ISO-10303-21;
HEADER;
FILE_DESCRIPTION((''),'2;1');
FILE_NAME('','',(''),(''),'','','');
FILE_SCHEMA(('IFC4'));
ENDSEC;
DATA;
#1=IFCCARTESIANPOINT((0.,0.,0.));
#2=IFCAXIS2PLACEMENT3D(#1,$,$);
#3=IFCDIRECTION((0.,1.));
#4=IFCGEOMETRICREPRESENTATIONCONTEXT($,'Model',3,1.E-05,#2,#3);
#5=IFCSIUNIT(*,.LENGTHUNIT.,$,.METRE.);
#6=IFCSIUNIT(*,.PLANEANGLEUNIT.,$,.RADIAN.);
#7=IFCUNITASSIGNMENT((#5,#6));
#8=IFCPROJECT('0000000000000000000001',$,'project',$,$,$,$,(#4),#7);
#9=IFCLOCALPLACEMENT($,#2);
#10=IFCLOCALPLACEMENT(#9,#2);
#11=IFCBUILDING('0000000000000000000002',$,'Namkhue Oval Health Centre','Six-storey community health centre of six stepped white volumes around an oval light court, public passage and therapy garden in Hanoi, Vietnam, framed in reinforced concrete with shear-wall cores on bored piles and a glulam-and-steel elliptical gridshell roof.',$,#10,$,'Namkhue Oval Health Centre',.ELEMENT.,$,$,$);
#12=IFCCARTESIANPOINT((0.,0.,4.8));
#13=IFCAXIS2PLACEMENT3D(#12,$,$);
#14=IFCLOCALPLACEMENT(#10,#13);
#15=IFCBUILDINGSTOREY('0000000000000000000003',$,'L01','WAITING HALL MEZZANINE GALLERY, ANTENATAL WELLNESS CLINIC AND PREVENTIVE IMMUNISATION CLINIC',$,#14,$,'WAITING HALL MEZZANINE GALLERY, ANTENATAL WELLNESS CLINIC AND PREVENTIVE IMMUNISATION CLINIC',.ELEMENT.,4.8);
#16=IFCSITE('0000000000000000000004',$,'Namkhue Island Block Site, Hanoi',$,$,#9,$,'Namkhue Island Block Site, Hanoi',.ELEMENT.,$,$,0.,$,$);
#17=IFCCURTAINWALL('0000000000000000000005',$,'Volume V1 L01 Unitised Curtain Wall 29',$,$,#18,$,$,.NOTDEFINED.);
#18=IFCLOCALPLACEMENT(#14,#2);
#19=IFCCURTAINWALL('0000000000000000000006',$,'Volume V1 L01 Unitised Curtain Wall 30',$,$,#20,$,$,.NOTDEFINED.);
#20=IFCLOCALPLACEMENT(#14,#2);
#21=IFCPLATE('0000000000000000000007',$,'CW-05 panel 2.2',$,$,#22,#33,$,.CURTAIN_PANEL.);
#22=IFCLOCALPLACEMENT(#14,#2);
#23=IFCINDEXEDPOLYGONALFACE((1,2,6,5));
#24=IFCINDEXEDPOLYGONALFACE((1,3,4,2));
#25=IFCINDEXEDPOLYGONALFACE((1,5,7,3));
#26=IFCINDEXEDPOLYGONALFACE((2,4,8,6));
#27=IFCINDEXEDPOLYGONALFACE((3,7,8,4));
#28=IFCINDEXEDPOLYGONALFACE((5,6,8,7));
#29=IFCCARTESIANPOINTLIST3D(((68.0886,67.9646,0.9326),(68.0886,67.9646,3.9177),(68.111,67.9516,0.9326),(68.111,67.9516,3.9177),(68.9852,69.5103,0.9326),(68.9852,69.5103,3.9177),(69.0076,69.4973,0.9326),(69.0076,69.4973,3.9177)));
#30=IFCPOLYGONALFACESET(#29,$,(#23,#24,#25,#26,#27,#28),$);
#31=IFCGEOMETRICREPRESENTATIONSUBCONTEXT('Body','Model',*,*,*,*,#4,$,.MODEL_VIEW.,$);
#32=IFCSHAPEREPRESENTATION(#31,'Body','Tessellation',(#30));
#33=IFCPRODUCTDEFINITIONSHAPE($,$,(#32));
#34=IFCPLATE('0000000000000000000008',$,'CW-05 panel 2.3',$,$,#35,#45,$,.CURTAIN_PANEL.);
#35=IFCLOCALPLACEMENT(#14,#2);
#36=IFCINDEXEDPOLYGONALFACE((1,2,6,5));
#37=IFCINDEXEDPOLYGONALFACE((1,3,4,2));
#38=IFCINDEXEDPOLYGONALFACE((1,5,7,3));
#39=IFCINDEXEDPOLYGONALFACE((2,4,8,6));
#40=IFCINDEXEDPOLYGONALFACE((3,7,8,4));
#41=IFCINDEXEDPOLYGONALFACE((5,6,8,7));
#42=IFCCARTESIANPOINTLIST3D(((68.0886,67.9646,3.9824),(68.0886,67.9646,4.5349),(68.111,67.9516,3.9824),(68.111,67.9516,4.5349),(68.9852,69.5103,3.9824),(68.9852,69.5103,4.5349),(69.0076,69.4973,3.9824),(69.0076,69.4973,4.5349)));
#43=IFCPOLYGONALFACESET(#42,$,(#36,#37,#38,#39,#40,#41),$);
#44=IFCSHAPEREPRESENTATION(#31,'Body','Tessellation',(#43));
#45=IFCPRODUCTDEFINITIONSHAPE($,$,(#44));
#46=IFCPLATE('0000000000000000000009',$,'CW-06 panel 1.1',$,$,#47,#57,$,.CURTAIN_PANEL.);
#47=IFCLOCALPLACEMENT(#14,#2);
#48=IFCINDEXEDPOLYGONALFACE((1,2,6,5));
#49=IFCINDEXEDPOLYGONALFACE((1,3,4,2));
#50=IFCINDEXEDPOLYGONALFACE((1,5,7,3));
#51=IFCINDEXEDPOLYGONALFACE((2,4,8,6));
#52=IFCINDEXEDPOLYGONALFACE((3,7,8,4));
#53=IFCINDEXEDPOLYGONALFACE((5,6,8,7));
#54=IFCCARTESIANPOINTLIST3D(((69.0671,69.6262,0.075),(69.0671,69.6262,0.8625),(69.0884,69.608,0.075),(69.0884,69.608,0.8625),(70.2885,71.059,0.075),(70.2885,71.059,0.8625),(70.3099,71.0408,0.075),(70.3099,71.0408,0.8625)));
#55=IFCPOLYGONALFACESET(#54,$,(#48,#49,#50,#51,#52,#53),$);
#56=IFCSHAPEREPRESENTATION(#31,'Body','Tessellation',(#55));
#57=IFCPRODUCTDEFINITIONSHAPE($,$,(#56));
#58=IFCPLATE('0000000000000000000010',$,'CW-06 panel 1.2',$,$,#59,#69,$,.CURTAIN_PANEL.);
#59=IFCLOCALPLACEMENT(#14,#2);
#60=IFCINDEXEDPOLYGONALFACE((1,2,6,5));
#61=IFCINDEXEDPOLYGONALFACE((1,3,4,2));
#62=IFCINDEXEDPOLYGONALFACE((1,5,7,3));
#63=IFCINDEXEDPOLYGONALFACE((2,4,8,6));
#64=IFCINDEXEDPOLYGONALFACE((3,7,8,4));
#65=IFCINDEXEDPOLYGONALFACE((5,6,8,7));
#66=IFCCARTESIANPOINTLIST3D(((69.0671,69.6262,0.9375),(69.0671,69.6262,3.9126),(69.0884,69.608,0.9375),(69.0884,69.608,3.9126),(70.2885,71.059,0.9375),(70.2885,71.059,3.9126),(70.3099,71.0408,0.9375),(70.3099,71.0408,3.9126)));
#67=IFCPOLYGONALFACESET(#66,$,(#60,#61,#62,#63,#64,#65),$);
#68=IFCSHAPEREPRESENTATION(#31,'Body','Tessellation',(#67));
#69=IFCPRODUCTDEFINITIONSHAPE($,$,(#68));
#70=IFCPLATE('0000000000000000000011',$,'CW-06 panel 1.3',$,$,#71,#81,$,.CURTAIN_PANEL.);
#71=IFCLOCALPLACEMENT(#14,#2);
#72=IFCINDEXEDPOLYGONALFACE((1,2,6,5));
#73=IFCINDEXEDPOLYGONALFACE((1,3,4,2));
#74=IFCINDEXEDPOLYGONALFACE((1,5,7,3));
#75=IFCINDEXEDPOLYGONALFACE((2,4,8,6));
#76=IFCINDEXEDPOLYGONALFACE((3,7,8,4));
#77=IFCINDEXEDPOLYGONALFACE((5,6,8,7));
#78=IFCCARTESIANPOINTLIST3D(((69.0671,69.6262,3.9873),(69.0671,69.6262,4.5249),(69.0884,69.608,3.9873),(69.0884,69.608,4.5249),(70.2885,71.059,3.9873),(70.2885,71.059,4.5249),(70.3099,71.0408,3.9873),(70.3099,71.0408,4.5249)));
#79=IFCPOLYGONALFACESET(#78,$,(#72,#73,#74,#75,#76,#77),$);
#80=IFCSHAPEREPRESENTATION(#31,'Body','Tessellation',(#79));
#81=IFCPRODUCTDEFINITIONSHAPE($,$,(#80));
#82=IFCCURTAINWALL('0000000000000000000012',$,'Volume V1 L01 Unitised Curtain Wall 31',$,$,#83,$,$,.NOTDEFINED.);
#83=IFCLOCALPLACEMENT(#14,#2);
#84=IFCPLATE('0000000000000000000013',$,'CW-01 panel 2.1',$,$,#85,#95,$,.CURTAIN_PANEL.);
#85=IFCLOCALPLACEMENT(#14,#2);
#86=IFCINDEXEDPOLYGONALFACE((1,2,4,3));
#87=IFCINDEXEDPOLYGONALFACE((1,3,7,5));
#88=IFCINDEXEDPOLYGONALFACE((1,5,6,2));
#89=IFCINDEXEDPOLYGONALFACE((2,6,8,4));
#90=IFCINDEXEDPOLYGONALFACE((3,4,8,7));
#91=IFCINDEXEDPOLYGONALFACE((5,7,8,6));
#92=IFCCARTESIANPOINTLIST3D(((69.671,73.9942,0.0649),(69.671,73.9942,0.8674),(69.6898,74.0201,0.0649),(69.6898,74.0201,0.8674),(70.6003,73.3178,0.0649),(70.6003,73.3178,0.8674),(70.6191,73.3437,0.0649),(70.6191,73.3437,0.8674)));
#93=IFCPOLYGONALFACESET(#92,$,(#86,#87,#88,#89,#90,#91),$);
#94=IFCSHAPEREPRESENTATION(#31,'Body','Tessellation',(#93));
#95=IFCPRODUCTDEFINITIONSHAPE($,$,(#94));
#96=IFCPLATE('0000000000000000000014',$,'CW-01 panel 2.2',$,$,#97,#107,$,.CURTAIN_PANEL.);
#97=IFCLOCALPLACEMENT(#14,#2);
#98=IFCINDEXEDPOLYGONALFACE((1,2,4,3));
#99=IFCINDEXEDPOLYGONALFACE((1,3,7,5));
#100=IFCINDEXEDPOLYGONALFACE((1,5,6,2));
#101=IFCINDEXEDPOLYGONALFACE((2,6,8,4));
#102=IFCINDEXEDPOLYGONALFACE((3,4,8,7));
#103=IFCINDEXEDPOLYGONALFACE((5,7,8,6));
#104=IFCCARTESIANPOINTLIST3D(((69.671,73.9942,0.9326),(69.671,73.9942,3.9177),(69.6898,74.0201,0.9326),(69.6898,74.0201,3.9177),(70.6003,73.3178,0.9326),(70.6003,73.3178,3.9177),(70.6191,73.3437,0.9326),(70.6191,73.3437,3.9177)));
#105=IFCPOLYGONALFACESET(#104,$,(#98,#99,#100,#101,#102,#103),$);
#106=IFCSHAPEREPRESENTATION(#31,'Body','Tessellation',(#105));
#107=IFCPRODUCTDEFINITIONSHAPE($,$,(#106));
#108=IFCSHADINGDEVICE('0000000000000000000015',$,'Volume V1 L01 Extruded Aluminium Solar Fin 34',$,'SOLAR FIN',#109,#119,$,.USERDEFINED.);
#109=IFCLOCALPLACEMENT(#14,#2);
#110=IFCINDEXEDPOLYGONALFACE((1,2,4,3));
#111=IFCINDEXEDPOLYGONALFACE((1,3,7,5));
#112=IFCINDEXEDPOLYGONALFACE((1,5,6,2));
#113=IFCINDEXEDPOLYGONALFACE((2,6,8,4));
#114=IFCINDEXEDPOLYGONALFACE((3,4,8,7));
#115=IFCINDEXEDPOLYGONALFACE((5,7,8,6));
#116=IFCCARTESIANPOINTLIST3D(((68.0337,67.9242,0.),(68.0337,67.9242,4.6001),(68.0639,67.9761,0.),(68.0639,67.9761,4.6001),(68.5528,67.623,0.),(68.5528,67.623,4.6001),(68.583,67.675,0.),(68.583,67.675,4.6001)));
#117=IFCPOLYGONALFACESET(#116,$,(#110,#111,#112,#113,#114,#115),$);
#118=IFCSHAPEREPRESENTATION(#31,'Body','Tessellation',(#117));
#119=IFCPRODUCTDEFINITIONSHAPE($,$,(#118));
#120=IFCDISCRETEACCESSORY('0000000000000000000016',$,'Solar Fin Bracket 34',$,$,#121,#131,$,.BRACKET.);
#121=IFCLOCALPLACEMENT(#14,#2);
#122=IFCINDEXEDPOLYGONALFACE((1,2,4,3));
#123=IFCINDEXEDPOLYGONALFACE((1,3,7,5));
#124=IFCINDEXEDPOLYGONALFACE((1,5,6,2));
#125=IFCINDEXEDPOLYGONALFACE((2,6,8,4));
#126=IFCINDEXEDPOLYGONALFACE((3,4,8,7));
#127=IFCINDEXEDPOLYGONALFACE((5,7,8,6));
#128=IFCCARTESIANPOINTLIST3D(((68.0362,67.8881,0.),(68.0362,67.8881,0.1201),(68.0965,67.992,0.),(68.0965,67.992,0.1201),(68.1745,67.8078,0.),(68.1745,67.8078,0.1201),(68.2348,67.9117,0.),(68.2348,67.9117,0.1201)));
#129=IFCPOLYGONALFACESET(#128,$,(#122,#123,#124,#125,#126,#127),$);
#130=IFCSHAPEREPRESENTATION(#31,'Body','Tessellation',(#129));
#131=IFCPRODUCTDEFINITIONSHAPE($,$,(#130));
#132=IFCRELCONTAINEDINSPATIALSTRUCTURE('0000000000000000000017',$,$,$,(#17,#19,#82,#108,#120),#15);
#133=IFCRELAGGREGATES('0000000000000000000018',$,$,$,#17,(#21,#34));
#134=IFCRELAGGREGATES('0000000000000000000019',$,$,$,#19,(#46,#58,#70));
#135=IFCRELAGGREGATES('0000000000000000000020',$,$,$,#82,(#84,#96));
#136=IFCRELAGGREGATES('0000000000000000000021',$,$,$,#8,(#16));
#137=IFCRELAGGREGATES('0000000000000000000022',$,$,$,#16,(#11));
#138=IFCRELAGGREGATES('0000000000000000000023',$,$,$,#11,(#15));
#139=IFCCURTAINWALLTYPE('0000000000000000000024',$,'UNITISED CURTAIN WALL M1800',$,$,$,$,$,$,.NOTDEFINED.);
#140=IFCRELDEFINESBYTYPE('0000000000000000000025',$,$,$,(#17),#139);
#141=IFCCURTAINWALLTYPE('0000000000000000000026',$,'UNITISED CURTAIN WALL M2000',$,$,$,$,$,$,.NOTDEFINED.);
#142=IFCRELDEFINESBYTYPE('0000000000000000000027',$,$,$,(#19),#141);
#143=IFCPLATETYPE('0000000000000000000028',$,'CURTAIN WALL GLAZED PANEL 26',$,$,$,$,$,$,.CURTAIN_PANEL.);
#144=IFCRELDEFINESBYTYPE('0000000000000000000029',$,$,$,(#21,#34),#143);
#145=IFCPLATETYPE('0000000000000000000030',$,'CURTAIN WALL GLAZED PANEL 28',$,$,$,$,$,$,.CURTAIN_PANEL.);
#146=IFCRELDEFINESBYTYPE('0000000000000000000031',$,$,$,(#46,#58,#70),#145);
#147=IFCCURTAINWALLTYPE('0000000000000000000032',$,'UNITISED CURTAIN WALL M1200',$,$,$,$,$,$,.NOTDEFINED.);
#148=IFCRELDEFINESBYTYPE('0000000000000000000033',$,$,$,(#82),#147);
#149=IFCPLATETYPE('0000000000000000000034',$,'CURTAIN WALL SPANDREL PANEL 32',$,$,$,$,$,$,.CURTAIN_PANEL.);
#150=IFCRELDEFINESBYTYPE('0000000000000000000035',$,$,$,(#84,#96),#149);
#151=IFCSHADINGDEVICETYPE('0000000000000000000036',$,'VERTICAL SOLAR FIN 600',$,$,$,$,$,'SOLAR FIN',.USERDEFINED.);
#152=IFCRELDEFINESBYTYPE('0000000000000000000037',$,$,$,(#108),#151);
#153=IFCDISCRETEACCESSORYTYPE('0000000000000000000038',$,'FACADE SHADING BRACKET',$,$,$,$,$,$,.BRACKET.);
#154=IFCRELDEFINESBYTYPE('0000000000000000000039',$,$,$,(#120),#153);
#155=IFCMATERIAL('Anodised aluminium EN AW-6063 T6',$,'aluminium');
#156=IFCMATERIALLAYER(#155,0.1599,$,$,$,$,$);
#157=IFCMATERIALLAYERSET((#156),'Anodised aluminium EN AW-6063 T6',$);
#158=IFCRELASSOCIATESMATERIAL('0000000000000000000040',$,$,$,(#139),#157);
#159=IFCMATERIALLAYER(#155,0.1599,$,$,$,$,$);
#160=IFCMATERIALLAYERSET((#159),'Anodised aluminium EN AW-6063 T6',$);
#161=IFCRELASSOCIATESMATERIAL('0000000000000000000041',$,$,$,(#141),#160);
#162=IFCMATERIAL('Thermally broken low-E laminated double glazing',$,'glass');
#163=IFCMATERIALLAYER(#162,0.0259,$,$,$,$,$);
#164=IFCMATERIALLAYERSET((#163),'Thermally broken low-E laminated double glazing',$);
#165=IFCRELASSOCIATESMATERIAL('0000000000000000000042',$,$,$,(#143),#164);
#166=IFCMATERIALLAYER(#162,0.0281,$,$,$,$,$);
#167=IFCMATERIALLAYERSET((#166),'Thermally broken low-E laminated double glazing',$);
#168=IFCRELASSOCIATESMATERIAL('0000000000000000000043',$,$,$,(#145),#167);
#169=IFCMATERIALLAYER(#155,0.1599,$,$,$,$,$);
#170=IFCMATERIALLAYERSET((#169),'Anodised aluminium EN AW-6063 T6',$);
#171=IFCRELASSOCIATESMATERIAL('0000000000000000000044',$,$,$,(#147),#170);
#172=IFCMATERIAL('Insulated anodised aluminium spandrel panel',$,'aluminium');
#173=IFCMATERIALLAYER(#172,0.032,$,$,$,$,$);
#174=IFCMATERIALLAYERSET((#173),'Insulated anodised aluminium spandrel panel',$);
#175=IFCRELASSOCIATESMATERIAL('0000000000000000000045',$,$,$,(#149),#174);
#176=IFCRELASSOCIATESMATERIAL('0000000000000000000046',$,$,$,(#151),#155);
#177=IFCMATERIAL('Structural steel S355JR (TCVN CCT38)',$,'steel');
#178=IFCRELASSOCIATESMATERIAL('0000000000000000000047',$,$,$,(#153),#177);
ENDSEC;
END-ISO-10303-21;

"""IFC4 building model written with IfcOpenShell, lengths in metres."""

from ifc_helpers import new_model, si_unit, direction, frame, origin, origin_2d, place, context, subcontext, project, spatial, rectangle, extrude, material, layer, layer_set, type_object, element, aggregate, save


model = new_model("IFC4")

# Units and contexts
model_context = context("Model", 3, precision=1e-05, world=origin(), true_north=direction((0.0, 1.0)))
body_context = subcontext(model_context, "Body", "Model", "MODEL_VIEW")
ifc_project = project(units=[si_unit("LENGTHUNIT", "METRE"), si_unit("PLANEANGLEUNIT", "RADIAN")], contexts=[model_context])

# Site, building, storey
site_placement = place(None, origin())
site = spatial("IfcSite", under=ifc_project, at=site_placement, Name="Namkhue Island Block Site, Hanoi", LongName="Namkhue Island Block Site, Hanoi", CompositionType="ELEMENT", RefElevation=0.0)
building_placement = place(site_placement, origin())
building = spatial("IfcBuilding", under=site, at=building_placement, Name="Namkhue Oval Health Centre", Description="Six-storey community health centre of six stepped white volumes around an oval light court, public passage and therapy garden in Hanoi, Vietnam, framed in reinforced concrete with shear-wall cores on bored piles and a glulam-and-steel elliptical gridshell roof.", LongName="Namkhue Oval Health Centre", CompositionType="ELEMENT")
storey_placement = place(building_placement, frame((0.0, 0.0, 4.8)))
storey = spatial("IfcBuildingStorey", under=building, at=storey_placement, Name="L01", Description="WAITING HALL MEZZANINE GALLERY, ANTENATAL WELLNESS CLINIC AND PREVENTIVE IMMUNISATION CLINIC", LongName="WAITING HALL MEZZANINE GALLERY, ANTENATAL WELLNESS CLINIC AND PREVENTIVE IMMUNISATION CLINIC", CompositionType="ELEMENT", Elevation=4.8)

# Curtain walls
ifc_material_1 = material(Name="Anodised aluminium EN AW-6063 T6", Category="aluminium")
ifc_layer_1 = layer(ifc_material_1, 0.1599)
ifc_layer_set_1 = layer_set([ifc_layer_1], Name="Anodised aluminium EN AW-6063 T6")
curtain_wall_type_1 = type_object("IfcCurtainWallType", Name="UNITISED CURTAIN WALL M1800", PredefinedType="NOTDEFINED", material=ifc_layer_set_1)
curtain_wall_1_placement = place(storey_placement, origin())
curtain_wall_1 = element("IfcCurtainWall", 1, at=curtain_wall_1_placement, inside=storey, type_object=curtain_wall_type_1, Name="Volume V1 L01 Unitised Curtain Wall 29", PredefinedType="NOTDEFINED")
ifc_layer_2 = layer(ifc_material_1, 0.1599)
ifc_layer_set_2 = layer_set([ifc_layer_2], Name="Anodised aluminium EN AW-6063 T6")
curtain_wall_type_2 = type_object("IfcCurtainWallType", Name="UNITISED CURTAIN WALL M2000", PredefinedType="NOTDEFINED", material=ifc_layer_set_2)
curtain_wall_2_placement = place(storey_placement, origin())
curtain_wall_2 = element("IfcCurtainWall", 2, at=curtain_wall_2_placement, inside=storey, type_object=curtain_wall_type_2, Name="Volume V1 L01 Unitised Curtain Wall 30", PredefinedType="NOTDEFINED")

# Plates
ifc_material_2 = material(Name="Thermally broken low-E laminated double glazing", Category="glass")
ifc_layer_3 = layer(ifc_material_2, 0.0259)
ifc_layer_set_3 = layer_set([ifc_layer_3], Name="Thermally broken low-E laminated double glazing")
plate_type_1 = type_object("IfcPlateType", Name="CURTAIN WALL GLAZED PANEL 26", PredefinedType="CURTAIN_PANEL", material=ifc_layer_set_3)
plate_1_placement = place(storey_placement, frame((68.5481, 68.731, 0.9326), z_axis=(0.0, 0.0, 1.0), x_axis=(0.501758, 0.865008, 0.0)))
plate_1 = element("IfcPlate", 3, at=plate_1_placement, type_object=plate_type_1, Name="CW-05 panel 2.2", PredefinedType="CURTAIN_PANEL", context=body_context, shape_type="SweptSolid", body=[
    extrude(rectangle(XDim=1.7869, YDim=0.0259, at=origin_2d()), origin(), (0.0, 0.0, 1.0), 2.9851),
])
plate_2_placement = place(storey_placement, frame((68.5481, 68.731, 3.9824), z_axis=(0.0, 0.0, 1.0), x_axis=(0.501758, 0.865008, 0.0)))
plate_2 = element("IfcPlate", 4, at=plate_2_placement, type_object=plate_type_1, Name="CW-05 panel 2.3", PredefinedType="CURTAIN_PANEL", context=body_context, shape_type="SweptSolid", body=[
    extrude(rectangle(XDim=1.7869, YDim=0.0259, at=origin_2d()), origin(), (0.0, 0.0, 1.0), 0.5525),
])
aggregate(curtain_wall_1, [plate_1, plate_2])
ifc_layer_4 = layer(ifc_material_2, 0.0281)
ifc_layer_set_4 = layer_set([ifc_layer_4], Name="Thermally broken low-E laminated double glazing")
plate_type_2 = type_object("IfcPlateType", Name="CURTAIN WALL GLAZED PANEL 28", PredefinedType="CURTAIN_PANEL", material=ifc_layer_set_4)
plate_3_placement = place(storey_placement, frame((69.6885, 70.3335, 0.075), z_axis=(0.0, 0.0, 1.0), x_axis=(0.648746, 0.761005, 0.0)))
plate_3 = element("IfcPlate", 5, at=plate_3_placement, type_object=plate_type_2, Name="CW-06 panel 1.1", PredefinedType="CURTAIN_PANEL", context=body_context, shape_type="SweptSolid", body=[
    extrude(rectangle(XDim=1.8828, YDim=0.0281, at=origin_2d()), origin(), (0.0, 0.0, 1.0), 0.7876),
])
plate_4_placement = place(storey_placement, frame((69.6885, 70.3335, 0.9375), z_axis=(0.0, 0.0, 1.0), x_axis=(0.648746, 0.761005, 0.0)))
plate_4 = element("IfcPlate", 6, at=plate_4_placement, type_object=plate_type_2, Name="CW-06 panel 1.2", PredefinedType="CURTAIN_PANEL", context=body_context, shape_type="SweptSolid", body=[
    extrude(rectangle(XDim=1.8828, YDim=0.0281, at=origin_2d()), origin(), (0.0, 0.0, 1.0), 2.9751),
])
plate_5_placement = place(storey_placement, frame((69.6885, 70.3335, 3.9873), z_axis=(0.0, 0.0, 1.0), x_axis=(0.648746, 0.761005, 0.0)))
plate_5 = element("IfcPlate", 7, at=plate_5_placement, type_object=plate_type_2, Name="CW-06 panel 1.3", PredefinedType="CURTAIN_PANEL", context=body_context, shape_type="SweptSolid", body=[
    extrude(rectangle(XDim=1.8828, YDim=0.0281, at=origin_2d()), origin(), (0.0, 0.0, 1.0), 0.5376),
])
aggregate(curtain_wall_2, [plate_3, plate_4, plate_5])

# Curtain wall, plates
ifc_layer_5 = layer(ifc_material_1, 0.1599)
ifc_layer_set_5 = layer_set([ifc_layer_5], Name="Anodised aluminium EN AW-6063 T6")
curtain_wall_type_3 = type_object("IfcCurtainWallType", Name="UNITISED CURTAIN WALL M1200", PredefinedType="NOTDEFINED", material=ifc_layer_set_5)
curtain_wall_3_placement = place(storey_placement, origin())
curtain_wall_3 = element("IfcCurtainWall", 8, at=curtain_wall_3_placement, inside=storey, type_object=curtain_wall_type_3, Name="Volume V1 L01 Unitised Curtain Wall 31", PredefinedType="NOTDEFINED")
ifc_material_3 = material(Name="Insulated anodised aluminium spandrel panel", Category="aluminium")
ifc_layer_6 = layer(ifc_material_3, 0.032)
ifc_layer_set_6 = layer_set([ifc_layer_6], Name="Insulated anodised aluminium spandrel panel")
plate_type_3 = type_object("IfcPlateType", Name="CURTAIN WALL SPANDREL PANEL 32", PredefinedType="CURTAIN_PANEL", material=ifc_layer_set_6)
plate_6_placement = place(storey_placement, frame((70.145, 73.6689, 0.0649), z_axis=(0.0, 0.0, 1.0), x_axis=(-0.808514, 0.588477, 0.0)))
plate_6 = element("IfcPlate", 9, at=plate_6_placement, type_object=plate_type_3, Name="CW-01 panel 2.1", PredefinedType="CURTAIN_PANEL", context=body_context, shape_type="SweptSolid", body=[
    extrude(rectangle(XDim=1.1494, YDim=0.032, at=origin_2d()), origin(), (0.0, 0.0, 1.0), 0.8025),
])
plate_7_placement = place(storey_placement, frame((70.145, 73.6689, 0.9326), z_axis=(0.0, 0.0, 1.0), x_axis=(-0.808514, 0.588477, 0.0)))
plate_7 = element("IfcPlate", 10, at=plate_7_placement, type_object=plate_type_3, Name="CW-01 panel 2.2", PredefinedType="CURTAIN_PANEL", context=body_context, shape_type="SweptSolid", body=[
    extrude(rectangle(XDim=1.1494, YDim=0.032, at=origin_2d()), origin(), (0.0, 0.0, 1.0), 2.9851),
])
aggregate(curtain_wall_3, [plate_6, plate_7])

# Shading device
shading_device_type = type_object("IfcShadingDeviceType", Name="VERTICAL SOLAR FIN 600", ElementType="SOLAR FIN", PredefinedType="USERDEFINED", material=ifc_material_1)
shading_device_placement = place(storey_placement, frame((68.3083, 67.7996, 0.0), z_axis=(0.0, 0.0, 1.0), x_axis=(0.864976, -0.501813, 0.0)))
element("IfcShadingDevice", 11, at=shading_device_placement, inside=storey, type_object=shading_device_type, Name="Volume V1 L01 Extruded Aluminium Solar Fin 34", ObjectType="SOLAR FIN", PredefinedType="USERDEFINED", context=body_context, shape_type="SweptSolid", body=[
    extrude(rectangle(XDim=0.6001, YDim=0.0601, at=origin_2d()), origin(), (0.0, 0.0, 1.0), 4.6001),
])

# Discrete accessory
ifc_material_4 = material(Name="Structural steel S355JR (TCVN CCT38)", Category="steel")
discrete_accessory_type = type_object("IfcDiscreteAccessoryType", Name="FACADE SHADING BRACKET", PredefinedType="BRACKET", material=ifc_material_4)
discrete_accessory_placement = place(storey_placement, frame((68.1355, 67.8999, 0.0), z_axis=(0.0, 0.0, 1.0), x_axis=(0.864976, -0.501813, 0.0)))
element("IfcDiscreteAccessory", 12, at=discrete_accessory_placement, inside=storey, type_object=discrete_accessory_type, Name="Solar Fin Bracket 34", PredefinedType="BRACKET", context=body_context, shape_type="SweptSolid", body=[
    extrude(rectangle(XDim=0.1599, YDim=0.1201, at=origin_2d()), origin(), (0.0, 0.0, 1.0), 0.1201),
])

save(model, "model.ifc")
